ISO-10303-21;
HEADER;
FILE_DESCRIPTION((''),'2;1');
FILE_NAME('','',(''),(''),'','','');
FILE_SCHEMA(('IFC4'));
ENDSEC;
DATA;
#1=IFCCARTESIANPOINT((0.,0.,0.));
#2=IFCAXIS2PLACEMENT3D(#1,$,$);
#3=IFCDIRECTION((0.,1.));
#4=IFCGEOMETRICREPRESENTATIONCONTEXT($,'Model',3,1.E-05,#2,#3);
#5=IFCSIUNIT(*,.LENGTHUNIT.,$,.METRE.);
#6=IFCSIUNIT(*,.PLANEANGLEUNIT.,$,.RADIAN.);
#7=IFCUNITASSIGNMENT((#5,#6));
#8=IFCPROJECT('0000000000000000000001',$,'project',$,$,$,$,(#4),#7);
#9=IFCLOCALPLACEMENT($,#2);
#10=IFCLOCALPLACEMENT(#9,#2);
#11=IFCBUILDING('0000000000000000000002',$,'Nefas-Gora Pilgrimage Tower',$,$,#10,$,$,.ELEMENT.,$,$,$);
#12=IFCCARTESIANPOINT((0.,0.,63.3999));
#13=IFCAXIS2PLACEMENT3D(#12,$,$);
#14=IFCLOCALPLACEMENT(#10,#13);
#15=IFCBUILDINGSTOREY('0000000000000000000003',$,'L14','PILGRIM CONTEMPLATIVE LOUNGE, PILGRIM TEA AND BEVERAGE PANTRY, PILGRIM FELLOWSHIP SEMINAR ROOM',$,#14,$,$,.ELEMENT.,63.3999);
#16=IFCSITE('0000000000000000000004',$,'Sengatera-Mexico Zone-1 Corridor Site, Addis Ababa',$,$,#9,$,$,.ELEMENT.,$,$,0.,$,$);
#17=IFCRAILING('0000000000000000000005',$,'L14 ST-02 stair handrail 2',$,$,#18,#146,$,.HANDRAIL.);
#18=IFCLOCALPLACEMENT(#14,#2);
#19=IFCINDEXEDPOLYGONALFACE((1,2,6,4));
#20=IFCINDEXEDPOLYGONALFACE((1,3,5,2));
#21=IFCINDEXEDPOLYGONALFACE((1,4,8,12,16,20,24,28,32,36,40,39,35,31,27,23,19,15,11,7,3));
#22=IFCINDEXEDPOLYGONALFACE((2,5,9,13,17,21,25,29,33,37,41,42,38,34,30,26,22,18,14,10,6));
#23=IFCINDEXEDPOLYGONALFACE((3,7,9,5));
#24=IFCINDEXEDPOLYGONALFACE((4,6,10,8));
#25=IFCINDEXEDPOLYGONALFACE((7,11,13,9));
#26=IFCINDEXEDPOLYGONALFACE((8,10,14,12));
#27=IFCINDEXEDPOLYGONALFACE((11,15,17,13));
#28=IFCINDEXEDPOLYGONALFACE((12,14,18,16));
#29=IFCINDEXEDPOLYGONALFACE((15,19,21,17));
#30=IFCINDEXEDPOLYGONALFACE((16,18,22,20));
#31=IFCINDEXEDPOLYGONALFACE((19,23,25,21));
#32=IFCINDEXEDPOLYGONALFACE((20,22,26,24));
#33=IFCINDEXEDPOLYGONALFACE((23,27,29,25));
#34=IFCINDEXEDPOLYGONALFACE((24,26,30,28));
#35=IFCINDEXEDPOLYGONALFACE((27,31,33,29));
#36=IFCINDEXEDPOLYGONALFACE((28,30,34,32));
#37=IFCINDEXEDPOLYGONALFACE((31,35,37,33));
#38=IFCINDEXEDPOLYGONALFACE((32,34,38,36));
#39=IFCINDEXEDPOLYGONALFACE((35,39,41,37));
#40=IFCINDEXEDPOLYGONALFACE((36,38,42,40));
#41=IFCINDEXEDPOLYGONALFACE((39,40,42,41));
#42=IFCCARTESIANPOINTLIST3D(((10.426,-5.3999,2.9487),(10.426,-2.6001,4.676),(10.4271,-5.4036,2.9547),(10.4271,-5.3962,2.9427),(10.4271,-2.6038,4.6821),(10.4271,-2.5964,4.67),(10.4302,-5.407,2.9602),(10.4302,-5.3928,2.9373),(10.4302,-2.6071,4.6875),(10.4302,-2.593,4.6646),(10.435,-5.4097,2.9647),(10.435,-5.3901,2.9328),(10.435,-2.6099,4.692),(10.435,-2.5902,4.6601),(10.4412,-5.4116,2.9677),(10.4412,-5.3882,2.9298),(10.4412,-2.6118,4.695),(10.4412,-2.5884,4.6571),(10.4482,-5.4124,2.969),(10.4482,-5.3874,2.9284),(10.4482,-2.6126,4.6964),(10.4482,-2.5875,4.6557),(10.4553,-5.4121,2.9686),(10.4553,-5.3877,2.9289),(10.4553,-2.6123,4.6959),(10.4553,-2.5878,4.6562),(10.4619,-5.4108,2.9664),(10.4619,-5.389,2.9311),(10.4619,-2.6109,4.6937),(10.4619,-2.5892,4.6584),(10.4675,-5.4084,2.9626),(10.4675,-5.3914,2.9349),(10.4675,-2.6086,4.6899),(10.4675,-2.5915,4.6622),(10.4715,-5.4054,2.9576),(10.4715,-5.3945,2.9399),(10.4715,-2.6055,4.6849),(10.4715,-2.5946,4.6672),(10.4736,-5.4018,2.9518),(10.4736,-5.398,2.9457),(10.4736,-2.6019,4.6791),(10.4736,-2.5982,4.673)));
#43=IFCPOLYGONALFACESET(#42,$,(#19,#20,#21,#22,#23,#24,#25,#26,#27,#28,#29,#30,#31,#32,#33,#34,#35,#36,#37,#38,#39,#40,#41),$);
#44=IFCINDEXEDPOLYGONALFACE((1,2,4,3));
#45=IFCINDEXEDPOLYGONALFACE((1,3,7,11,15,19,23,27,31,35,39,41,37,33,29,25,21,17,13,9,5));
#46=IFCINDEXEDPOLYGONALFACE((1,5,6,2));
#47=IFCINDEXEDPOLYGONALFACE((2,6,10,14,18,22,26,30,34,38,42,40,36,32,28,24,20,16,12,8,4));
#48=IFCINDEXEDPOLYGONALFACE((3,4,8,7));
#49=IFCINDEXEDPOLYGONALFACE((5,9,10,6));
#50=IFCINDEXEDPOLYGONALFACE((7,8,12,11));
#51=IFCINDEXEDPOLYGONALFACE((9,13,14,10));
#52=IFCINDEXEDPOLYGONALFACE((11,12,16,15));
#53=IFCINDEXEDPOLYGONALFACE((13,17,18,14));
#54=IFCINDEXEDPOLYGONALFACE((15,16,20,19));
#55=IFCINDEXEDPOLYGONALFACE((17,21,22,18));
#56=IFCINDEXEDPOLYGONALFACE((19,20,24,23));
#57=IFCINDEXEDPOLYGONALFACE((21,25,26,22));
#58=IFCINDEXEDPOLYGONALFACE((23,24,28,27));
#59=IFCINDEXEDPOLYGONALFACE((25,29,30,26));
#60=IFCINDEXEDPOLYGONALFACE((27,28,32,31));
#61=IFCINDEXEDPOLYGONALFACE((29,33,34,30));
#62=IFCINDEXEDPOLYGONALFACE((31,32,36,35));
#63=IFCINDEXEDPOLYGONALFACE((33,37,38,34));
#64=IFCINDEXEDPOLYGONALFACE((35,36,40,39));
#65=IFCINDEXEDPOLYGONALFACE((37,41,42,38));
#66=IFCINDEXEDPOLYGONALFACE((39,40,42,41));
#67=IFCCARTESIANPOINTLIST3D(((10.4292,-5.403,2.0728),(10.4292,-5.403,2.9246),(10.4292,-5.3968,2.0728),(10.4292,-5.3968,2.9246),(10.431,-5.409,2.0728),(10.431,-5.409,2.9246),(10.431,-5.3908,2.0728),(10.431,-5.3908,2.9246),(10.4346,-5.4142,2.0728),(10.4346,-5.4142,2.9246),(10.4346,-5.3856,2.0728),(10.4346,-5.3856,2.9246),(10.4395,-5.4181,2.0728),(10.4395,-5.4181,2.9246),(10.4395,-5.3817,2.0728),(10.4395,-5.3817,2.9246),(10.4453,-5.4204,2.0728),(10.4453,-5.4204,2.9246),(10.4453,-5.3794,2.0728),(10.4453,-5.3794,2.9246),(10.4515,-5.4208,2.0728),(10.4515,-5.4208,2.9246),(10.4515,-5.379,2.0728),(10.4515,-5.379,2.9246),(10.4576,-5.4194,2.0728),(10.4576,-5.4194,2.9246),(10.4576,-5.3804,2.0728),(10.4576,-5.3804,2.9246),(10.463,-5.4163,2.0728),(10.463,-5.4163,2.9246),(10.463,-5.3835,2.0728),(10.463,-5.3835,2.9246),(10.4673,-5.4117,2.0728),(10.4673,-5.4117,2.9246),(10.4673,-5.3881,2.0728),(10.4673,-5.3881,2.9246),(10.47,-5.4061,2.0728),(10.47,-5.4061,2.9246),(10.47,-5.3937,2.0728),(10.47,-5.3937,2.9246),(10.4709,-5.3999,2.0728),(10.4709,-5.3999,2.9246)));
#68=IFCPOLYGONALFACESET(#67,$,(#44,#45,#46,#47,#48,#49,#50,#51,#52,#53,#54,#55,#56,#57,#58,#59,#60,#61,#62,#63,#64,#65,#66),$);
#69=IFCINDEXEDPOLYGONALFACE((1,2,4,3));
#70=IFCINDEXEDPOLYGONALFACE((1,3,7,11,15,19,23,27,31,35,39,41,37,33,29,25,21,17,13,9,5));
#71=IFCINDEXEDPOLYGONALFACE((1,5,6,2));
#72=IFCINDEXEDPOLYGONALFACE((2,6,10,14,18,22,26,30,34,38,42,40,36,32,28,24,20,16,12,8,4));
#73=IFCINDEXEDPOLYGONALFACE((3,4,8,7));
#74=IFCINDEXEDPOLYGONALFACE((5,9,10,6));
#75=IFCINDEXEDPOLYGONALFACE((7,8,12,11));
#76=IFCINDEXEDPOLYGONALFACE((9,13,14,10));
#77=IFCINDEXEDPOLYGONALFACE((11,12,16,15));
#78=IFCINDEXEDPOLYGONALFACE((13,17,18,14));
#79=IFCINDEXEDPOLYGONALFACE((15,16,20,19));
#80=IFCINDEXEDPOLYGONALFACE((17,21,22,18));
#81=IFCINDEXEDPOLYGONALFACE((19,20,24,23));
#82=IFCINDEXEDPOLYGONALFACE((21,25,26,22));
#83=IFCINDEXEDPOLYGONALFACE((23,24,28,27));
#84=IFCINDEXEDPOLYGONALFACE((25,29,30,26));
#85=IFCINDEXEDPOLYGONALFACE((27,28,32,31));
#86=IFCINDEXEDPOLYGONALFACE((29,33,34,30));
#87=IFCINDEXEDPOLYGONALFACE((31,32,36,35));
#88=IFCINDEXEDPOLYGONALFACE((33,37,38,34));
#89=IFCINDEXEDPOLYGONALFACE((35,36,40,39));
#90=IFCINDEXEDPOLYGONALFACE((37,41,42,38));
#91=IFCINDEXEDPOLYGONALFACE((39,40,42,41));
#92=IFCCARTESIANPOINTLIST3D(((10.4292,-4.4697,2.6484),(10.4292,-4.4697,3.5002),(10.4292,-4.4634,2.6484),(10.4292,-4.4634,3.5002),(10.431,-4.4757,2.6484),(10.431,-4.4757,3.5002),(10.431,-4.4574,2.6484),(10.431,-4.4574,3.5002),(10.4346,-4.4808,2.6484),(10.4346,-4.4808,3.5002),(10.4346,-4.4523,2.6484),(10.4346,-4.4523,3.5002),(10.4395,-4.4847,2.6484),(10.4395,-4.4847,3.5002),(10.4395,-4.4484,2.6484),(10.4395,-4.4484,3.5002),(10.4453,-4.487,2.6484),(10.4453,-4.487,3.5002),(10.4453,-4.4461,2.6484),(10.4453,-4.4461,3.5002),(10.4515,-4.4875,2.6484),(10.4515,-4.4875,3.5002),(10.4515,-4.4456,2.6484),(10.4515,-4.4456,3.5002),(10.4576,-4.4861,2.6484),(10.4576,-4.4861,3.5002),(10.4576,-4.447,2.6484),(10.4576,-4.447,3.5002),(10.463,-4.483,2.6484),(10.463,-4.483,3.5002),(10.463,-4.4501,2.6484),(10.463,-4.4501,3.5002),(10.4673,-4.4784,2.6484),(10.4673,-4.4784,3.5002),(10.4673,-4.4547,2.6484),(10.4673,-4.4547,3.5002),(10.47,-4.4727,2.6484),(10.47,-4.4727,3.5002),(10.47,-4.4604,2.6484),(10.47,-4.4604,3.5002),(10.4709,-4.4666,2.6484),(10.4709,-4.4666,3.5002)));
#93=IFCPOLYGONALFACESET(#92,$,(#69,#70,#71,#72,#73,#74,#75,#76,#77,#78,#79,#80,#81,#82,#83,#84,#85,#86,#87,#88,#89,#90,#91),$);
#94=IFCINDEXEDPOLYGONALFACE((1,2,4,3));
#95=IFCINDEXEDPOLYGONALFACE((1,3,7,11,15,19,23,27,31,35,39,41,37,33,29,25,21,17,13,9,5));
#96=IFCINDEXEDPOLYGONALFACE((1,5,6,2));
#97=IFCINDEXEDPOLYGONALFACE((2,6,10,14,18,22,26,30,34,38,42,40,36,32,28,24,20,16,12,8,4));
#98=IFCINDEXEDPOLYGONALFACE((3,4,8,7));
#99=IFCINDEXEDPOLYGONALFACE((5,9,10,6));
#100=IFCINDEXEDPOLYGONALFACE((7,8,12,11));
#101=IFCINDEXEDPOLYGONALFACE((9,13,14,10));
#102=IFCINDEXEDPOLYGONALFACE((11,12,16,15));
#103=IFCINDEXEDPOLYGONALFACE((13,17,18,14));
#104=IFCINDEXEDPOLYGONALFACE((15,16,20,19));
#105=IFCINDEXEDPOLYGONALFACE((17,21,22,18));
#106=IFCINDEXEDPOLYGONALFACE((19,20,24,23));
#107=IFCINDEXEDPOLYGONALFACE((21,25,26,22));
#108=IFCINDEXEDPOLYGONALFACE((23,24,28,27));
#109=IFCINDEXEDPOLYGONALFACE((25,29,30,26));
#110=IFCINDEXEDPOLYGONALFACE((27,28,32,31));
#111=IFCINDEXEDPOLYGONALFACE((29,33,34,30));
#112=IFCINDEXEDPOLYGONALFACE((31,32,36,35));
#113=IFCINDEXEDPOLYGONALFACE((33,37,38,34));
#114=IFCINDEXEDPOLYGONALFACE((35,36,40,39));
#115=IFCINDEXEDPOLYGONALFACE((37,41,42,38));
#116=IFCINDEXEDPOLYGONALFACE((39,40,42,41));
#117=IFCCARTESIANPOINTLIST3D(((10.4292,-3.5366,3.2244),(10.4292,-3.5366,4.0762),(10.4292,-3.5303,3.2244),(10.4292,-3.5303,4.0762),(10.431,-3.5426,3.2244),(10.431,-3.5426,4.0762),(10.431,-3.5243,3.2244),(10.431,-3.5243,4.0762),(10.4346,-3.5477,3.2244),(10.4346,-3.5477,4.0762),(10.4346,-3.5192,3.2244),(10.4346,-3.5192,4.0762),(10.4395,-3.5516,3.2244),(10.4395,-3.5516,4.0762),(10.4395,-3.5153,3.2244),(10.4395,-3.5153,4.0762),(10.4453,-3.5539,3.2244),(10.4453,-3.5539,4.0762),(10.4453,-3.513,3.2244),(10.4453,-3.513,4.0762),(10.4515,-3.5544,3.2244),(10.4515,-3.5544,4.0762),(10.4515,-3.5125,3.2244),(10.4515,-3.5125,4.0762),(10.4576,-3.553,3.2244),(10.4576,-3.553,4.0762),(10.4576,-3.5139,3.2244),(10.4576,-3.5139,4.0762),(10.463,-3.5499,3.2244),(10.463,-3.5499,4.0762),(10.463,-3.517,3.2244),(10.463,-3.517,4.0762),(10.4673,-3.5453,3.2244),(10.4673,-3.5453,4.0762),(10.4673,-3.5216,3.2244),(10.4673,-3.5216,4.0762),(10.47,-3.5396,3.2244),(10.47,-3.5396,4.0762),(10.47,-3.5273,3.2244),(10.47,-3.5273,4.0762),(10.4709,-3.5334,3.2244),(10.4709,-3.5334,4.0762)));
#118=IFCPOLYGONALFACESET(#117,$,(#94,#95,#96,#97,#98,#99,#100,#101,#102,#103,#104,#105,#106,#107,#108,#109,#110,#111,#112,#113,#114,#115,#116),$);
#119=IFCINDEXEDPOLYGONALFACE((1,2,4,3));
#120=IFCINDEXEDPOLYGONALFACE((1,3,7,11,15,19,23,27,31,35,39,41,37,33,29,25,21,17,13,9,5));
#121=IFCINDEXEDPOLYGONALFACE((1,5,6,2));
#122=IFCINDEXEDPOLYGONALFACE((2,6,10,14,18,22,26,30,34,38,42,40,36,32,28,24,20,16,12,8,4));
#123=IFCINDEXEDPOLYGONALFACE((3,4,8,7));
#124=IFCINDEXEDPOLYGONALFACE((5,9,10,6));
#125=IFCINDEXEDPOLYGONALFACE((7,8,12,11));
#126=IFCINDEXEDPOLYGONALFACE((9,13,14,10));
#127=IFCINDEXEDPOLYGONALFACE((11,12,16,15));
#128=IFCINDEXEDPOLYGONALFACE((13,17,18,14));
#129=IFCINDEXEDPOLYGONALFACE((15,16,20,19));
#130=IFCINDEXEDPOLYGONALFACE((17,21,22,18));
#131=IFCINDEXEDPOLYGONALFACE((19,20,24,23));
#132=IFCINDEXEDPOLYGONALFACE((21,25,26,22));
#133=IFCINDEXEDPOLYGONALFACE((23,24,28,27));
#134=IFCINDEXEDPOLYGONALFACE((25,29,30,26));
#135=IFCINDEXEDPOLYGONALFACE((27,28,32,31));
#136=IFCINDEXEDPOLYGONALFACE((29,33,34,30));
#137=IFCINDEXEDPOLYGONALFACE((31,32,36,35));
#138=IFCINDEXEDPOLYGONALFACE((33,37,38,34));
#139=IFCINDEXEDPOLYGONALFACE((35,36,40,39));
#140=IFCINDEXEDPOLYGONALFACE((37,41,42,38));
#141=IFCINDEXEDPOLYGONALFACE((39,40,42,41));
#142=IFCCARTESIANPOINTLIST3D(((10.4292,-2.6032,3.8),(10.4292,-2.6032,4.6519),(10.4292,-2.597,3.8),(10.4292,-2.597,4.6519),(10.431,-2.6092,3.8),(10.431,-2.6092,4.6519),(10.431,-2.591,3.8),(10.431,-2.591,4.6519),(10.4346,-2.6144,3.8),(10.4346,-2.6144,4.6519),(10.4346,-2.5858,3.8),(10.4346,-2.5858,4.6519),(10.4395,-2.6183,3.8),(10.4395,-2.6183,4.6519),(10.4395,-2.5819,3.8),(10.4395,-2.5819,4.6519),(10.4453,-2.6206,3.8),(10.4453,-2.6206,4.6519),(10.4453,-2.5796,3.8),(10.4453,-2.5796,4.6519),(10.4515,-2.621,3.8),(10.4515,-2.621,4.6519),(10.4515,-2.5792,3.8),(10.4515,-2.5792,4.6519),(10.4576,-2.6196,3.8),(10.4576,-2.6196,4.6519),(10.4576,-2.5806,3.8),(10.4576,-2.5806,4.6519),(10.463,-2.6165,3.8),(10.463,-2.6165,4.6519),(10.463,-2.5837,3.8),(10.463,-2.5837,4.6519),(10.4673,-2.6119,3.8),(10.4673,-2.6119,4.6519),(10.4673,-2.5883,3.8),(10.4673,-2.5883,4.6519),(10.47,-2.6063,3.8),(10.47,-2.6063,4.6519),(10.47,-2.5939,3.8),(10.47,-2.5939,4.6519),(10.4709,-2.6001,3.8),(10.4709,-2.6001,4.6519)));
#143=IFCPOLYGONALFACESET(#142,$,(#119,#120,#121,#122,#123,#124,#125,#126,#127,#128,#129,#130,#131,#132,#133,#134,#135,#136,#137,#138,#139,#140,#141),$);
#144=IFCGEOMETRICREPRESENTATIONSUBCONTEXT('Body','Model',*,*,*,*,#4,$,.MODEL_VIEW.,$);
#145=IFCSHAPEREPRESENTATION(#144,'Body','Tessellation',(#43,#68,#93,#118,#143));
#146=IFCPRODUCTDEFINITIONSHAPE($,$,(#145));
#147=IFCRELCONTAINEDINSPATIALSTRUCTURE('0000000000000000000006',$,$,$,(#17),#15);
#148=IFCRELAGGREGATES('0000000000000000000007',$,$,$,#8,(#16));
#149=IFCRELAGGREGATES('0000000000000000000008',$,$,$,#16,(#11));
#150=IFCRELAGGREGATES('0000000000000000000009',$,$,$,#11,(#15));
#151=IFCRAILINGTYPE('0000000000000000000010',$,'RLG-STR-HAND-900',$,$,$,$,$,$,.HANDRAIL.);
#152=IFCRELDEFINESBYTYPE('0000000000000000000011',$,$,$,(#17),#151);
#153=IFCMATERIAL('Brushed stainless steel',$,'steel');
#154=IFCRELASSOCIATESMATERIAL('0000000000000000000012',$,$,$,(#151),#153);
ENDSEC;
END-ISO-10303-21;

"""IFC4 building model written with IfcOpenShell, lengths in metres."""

from ifc_helpers import new_model, si_unit, direction, frame, origin, origin_2d, place, context, subcontext, project, spatial, circle, extrude, material, type_object, element, save


model = new_model("IFC4")

# Units and contexts
model_context = context("Model", 3, precision=1e-05, world=origin(), true_north=direction((0.0, 1.0)))
body_context = subcontext(model_context, "Body", "Model", "MODEL_VIEW")
ifc_project = project(units=[si_unit("LENGTHUNIT", "METRE"), si_unit("PLANEANGLEUNIT", "RADIAN")], contexts=[model_context])

# Site, building, storey
site_placement = place(None, origin())
site = spatial("IfcSite", under=ifc_project, at=site_placement, Name="Sengatera-Mexico Zone-1 Corridor Site, Addis Ababa", CompositionType="ELEMENT", RefElevation=0.0)
building_placement = place(site_placement, origin())
building = spatial("IfcBuilding", under=site, at=building_placement, Name="Nefas-Gora Pilgrimage Tower", CompositionType="ELEMENT")
storey_placement = place(building_placement, frame((0.0, 0.0, 63.3999)))
storey = spatial("IfcBuildingStorey", under=building, at=storey_placement, Name="L14", Description="PILGRIM CONTEMPLATIVE LOUNGE, PILGRIM TEA AND BEVERAGE PANTRY, PILGRIM FELLOWSHIP SEMINAR ROOM", CompositionType="ELEMENT", Elevation=63.3999)

# Railing
ifc_material_1 = material(Name="Brushed stainless steel", Category="steel")
railing_type_1 = type_object("IfcRailingType", Name="RLG-STR-HAND-900", PredefinedType="HANDRAIL", material=ifc_material_1)
railing_1_placement = place(storey_placement, frame((10.45, -5.3999, 2.0728)))
element("IfcRailing", 1, at=railing_1_placement, inside=storey, type_object=railing_type_1, Name="L14 ST-02 stair handrail 2", PredefinedType="HANDRAIL", context=body_context, shape_type="SweptSolid", body=[
    extrude(circle(Radius=0.0239, at=origin_2d()), frame((0.0, 0.0, 0.876), z_axis=(0.0, 0.851069, 0.525054), x_axis=(-1.0, 0.0, 0.0)), (0.0, 0.0, 1.0), 3.2898),
    extrude(circle(Radius=0.021, at=origin_2d()), origin(), (0.0, 0.0, 1.0), 0.8518),
    extrude(circle(Radius=0.021, at=origin_2d()), frame((0.0, 0.9333, 0.5757)), (0.0, 0.0, 1.0), 0.8518),
    extrude(circle(Radius=0.021, at=origin_2d()), frame((0.0, 1.8665, 1.1516)), (0.0, 0.0, 1.0), 0.8518),
    extrude(circle(Radius=0.021, at=origin_2d()), frame((0.0, 2.7998, 1.7273)), (0.0, 0.0, 1.0), 0.8518),
])

save(model, "model.ifc")
